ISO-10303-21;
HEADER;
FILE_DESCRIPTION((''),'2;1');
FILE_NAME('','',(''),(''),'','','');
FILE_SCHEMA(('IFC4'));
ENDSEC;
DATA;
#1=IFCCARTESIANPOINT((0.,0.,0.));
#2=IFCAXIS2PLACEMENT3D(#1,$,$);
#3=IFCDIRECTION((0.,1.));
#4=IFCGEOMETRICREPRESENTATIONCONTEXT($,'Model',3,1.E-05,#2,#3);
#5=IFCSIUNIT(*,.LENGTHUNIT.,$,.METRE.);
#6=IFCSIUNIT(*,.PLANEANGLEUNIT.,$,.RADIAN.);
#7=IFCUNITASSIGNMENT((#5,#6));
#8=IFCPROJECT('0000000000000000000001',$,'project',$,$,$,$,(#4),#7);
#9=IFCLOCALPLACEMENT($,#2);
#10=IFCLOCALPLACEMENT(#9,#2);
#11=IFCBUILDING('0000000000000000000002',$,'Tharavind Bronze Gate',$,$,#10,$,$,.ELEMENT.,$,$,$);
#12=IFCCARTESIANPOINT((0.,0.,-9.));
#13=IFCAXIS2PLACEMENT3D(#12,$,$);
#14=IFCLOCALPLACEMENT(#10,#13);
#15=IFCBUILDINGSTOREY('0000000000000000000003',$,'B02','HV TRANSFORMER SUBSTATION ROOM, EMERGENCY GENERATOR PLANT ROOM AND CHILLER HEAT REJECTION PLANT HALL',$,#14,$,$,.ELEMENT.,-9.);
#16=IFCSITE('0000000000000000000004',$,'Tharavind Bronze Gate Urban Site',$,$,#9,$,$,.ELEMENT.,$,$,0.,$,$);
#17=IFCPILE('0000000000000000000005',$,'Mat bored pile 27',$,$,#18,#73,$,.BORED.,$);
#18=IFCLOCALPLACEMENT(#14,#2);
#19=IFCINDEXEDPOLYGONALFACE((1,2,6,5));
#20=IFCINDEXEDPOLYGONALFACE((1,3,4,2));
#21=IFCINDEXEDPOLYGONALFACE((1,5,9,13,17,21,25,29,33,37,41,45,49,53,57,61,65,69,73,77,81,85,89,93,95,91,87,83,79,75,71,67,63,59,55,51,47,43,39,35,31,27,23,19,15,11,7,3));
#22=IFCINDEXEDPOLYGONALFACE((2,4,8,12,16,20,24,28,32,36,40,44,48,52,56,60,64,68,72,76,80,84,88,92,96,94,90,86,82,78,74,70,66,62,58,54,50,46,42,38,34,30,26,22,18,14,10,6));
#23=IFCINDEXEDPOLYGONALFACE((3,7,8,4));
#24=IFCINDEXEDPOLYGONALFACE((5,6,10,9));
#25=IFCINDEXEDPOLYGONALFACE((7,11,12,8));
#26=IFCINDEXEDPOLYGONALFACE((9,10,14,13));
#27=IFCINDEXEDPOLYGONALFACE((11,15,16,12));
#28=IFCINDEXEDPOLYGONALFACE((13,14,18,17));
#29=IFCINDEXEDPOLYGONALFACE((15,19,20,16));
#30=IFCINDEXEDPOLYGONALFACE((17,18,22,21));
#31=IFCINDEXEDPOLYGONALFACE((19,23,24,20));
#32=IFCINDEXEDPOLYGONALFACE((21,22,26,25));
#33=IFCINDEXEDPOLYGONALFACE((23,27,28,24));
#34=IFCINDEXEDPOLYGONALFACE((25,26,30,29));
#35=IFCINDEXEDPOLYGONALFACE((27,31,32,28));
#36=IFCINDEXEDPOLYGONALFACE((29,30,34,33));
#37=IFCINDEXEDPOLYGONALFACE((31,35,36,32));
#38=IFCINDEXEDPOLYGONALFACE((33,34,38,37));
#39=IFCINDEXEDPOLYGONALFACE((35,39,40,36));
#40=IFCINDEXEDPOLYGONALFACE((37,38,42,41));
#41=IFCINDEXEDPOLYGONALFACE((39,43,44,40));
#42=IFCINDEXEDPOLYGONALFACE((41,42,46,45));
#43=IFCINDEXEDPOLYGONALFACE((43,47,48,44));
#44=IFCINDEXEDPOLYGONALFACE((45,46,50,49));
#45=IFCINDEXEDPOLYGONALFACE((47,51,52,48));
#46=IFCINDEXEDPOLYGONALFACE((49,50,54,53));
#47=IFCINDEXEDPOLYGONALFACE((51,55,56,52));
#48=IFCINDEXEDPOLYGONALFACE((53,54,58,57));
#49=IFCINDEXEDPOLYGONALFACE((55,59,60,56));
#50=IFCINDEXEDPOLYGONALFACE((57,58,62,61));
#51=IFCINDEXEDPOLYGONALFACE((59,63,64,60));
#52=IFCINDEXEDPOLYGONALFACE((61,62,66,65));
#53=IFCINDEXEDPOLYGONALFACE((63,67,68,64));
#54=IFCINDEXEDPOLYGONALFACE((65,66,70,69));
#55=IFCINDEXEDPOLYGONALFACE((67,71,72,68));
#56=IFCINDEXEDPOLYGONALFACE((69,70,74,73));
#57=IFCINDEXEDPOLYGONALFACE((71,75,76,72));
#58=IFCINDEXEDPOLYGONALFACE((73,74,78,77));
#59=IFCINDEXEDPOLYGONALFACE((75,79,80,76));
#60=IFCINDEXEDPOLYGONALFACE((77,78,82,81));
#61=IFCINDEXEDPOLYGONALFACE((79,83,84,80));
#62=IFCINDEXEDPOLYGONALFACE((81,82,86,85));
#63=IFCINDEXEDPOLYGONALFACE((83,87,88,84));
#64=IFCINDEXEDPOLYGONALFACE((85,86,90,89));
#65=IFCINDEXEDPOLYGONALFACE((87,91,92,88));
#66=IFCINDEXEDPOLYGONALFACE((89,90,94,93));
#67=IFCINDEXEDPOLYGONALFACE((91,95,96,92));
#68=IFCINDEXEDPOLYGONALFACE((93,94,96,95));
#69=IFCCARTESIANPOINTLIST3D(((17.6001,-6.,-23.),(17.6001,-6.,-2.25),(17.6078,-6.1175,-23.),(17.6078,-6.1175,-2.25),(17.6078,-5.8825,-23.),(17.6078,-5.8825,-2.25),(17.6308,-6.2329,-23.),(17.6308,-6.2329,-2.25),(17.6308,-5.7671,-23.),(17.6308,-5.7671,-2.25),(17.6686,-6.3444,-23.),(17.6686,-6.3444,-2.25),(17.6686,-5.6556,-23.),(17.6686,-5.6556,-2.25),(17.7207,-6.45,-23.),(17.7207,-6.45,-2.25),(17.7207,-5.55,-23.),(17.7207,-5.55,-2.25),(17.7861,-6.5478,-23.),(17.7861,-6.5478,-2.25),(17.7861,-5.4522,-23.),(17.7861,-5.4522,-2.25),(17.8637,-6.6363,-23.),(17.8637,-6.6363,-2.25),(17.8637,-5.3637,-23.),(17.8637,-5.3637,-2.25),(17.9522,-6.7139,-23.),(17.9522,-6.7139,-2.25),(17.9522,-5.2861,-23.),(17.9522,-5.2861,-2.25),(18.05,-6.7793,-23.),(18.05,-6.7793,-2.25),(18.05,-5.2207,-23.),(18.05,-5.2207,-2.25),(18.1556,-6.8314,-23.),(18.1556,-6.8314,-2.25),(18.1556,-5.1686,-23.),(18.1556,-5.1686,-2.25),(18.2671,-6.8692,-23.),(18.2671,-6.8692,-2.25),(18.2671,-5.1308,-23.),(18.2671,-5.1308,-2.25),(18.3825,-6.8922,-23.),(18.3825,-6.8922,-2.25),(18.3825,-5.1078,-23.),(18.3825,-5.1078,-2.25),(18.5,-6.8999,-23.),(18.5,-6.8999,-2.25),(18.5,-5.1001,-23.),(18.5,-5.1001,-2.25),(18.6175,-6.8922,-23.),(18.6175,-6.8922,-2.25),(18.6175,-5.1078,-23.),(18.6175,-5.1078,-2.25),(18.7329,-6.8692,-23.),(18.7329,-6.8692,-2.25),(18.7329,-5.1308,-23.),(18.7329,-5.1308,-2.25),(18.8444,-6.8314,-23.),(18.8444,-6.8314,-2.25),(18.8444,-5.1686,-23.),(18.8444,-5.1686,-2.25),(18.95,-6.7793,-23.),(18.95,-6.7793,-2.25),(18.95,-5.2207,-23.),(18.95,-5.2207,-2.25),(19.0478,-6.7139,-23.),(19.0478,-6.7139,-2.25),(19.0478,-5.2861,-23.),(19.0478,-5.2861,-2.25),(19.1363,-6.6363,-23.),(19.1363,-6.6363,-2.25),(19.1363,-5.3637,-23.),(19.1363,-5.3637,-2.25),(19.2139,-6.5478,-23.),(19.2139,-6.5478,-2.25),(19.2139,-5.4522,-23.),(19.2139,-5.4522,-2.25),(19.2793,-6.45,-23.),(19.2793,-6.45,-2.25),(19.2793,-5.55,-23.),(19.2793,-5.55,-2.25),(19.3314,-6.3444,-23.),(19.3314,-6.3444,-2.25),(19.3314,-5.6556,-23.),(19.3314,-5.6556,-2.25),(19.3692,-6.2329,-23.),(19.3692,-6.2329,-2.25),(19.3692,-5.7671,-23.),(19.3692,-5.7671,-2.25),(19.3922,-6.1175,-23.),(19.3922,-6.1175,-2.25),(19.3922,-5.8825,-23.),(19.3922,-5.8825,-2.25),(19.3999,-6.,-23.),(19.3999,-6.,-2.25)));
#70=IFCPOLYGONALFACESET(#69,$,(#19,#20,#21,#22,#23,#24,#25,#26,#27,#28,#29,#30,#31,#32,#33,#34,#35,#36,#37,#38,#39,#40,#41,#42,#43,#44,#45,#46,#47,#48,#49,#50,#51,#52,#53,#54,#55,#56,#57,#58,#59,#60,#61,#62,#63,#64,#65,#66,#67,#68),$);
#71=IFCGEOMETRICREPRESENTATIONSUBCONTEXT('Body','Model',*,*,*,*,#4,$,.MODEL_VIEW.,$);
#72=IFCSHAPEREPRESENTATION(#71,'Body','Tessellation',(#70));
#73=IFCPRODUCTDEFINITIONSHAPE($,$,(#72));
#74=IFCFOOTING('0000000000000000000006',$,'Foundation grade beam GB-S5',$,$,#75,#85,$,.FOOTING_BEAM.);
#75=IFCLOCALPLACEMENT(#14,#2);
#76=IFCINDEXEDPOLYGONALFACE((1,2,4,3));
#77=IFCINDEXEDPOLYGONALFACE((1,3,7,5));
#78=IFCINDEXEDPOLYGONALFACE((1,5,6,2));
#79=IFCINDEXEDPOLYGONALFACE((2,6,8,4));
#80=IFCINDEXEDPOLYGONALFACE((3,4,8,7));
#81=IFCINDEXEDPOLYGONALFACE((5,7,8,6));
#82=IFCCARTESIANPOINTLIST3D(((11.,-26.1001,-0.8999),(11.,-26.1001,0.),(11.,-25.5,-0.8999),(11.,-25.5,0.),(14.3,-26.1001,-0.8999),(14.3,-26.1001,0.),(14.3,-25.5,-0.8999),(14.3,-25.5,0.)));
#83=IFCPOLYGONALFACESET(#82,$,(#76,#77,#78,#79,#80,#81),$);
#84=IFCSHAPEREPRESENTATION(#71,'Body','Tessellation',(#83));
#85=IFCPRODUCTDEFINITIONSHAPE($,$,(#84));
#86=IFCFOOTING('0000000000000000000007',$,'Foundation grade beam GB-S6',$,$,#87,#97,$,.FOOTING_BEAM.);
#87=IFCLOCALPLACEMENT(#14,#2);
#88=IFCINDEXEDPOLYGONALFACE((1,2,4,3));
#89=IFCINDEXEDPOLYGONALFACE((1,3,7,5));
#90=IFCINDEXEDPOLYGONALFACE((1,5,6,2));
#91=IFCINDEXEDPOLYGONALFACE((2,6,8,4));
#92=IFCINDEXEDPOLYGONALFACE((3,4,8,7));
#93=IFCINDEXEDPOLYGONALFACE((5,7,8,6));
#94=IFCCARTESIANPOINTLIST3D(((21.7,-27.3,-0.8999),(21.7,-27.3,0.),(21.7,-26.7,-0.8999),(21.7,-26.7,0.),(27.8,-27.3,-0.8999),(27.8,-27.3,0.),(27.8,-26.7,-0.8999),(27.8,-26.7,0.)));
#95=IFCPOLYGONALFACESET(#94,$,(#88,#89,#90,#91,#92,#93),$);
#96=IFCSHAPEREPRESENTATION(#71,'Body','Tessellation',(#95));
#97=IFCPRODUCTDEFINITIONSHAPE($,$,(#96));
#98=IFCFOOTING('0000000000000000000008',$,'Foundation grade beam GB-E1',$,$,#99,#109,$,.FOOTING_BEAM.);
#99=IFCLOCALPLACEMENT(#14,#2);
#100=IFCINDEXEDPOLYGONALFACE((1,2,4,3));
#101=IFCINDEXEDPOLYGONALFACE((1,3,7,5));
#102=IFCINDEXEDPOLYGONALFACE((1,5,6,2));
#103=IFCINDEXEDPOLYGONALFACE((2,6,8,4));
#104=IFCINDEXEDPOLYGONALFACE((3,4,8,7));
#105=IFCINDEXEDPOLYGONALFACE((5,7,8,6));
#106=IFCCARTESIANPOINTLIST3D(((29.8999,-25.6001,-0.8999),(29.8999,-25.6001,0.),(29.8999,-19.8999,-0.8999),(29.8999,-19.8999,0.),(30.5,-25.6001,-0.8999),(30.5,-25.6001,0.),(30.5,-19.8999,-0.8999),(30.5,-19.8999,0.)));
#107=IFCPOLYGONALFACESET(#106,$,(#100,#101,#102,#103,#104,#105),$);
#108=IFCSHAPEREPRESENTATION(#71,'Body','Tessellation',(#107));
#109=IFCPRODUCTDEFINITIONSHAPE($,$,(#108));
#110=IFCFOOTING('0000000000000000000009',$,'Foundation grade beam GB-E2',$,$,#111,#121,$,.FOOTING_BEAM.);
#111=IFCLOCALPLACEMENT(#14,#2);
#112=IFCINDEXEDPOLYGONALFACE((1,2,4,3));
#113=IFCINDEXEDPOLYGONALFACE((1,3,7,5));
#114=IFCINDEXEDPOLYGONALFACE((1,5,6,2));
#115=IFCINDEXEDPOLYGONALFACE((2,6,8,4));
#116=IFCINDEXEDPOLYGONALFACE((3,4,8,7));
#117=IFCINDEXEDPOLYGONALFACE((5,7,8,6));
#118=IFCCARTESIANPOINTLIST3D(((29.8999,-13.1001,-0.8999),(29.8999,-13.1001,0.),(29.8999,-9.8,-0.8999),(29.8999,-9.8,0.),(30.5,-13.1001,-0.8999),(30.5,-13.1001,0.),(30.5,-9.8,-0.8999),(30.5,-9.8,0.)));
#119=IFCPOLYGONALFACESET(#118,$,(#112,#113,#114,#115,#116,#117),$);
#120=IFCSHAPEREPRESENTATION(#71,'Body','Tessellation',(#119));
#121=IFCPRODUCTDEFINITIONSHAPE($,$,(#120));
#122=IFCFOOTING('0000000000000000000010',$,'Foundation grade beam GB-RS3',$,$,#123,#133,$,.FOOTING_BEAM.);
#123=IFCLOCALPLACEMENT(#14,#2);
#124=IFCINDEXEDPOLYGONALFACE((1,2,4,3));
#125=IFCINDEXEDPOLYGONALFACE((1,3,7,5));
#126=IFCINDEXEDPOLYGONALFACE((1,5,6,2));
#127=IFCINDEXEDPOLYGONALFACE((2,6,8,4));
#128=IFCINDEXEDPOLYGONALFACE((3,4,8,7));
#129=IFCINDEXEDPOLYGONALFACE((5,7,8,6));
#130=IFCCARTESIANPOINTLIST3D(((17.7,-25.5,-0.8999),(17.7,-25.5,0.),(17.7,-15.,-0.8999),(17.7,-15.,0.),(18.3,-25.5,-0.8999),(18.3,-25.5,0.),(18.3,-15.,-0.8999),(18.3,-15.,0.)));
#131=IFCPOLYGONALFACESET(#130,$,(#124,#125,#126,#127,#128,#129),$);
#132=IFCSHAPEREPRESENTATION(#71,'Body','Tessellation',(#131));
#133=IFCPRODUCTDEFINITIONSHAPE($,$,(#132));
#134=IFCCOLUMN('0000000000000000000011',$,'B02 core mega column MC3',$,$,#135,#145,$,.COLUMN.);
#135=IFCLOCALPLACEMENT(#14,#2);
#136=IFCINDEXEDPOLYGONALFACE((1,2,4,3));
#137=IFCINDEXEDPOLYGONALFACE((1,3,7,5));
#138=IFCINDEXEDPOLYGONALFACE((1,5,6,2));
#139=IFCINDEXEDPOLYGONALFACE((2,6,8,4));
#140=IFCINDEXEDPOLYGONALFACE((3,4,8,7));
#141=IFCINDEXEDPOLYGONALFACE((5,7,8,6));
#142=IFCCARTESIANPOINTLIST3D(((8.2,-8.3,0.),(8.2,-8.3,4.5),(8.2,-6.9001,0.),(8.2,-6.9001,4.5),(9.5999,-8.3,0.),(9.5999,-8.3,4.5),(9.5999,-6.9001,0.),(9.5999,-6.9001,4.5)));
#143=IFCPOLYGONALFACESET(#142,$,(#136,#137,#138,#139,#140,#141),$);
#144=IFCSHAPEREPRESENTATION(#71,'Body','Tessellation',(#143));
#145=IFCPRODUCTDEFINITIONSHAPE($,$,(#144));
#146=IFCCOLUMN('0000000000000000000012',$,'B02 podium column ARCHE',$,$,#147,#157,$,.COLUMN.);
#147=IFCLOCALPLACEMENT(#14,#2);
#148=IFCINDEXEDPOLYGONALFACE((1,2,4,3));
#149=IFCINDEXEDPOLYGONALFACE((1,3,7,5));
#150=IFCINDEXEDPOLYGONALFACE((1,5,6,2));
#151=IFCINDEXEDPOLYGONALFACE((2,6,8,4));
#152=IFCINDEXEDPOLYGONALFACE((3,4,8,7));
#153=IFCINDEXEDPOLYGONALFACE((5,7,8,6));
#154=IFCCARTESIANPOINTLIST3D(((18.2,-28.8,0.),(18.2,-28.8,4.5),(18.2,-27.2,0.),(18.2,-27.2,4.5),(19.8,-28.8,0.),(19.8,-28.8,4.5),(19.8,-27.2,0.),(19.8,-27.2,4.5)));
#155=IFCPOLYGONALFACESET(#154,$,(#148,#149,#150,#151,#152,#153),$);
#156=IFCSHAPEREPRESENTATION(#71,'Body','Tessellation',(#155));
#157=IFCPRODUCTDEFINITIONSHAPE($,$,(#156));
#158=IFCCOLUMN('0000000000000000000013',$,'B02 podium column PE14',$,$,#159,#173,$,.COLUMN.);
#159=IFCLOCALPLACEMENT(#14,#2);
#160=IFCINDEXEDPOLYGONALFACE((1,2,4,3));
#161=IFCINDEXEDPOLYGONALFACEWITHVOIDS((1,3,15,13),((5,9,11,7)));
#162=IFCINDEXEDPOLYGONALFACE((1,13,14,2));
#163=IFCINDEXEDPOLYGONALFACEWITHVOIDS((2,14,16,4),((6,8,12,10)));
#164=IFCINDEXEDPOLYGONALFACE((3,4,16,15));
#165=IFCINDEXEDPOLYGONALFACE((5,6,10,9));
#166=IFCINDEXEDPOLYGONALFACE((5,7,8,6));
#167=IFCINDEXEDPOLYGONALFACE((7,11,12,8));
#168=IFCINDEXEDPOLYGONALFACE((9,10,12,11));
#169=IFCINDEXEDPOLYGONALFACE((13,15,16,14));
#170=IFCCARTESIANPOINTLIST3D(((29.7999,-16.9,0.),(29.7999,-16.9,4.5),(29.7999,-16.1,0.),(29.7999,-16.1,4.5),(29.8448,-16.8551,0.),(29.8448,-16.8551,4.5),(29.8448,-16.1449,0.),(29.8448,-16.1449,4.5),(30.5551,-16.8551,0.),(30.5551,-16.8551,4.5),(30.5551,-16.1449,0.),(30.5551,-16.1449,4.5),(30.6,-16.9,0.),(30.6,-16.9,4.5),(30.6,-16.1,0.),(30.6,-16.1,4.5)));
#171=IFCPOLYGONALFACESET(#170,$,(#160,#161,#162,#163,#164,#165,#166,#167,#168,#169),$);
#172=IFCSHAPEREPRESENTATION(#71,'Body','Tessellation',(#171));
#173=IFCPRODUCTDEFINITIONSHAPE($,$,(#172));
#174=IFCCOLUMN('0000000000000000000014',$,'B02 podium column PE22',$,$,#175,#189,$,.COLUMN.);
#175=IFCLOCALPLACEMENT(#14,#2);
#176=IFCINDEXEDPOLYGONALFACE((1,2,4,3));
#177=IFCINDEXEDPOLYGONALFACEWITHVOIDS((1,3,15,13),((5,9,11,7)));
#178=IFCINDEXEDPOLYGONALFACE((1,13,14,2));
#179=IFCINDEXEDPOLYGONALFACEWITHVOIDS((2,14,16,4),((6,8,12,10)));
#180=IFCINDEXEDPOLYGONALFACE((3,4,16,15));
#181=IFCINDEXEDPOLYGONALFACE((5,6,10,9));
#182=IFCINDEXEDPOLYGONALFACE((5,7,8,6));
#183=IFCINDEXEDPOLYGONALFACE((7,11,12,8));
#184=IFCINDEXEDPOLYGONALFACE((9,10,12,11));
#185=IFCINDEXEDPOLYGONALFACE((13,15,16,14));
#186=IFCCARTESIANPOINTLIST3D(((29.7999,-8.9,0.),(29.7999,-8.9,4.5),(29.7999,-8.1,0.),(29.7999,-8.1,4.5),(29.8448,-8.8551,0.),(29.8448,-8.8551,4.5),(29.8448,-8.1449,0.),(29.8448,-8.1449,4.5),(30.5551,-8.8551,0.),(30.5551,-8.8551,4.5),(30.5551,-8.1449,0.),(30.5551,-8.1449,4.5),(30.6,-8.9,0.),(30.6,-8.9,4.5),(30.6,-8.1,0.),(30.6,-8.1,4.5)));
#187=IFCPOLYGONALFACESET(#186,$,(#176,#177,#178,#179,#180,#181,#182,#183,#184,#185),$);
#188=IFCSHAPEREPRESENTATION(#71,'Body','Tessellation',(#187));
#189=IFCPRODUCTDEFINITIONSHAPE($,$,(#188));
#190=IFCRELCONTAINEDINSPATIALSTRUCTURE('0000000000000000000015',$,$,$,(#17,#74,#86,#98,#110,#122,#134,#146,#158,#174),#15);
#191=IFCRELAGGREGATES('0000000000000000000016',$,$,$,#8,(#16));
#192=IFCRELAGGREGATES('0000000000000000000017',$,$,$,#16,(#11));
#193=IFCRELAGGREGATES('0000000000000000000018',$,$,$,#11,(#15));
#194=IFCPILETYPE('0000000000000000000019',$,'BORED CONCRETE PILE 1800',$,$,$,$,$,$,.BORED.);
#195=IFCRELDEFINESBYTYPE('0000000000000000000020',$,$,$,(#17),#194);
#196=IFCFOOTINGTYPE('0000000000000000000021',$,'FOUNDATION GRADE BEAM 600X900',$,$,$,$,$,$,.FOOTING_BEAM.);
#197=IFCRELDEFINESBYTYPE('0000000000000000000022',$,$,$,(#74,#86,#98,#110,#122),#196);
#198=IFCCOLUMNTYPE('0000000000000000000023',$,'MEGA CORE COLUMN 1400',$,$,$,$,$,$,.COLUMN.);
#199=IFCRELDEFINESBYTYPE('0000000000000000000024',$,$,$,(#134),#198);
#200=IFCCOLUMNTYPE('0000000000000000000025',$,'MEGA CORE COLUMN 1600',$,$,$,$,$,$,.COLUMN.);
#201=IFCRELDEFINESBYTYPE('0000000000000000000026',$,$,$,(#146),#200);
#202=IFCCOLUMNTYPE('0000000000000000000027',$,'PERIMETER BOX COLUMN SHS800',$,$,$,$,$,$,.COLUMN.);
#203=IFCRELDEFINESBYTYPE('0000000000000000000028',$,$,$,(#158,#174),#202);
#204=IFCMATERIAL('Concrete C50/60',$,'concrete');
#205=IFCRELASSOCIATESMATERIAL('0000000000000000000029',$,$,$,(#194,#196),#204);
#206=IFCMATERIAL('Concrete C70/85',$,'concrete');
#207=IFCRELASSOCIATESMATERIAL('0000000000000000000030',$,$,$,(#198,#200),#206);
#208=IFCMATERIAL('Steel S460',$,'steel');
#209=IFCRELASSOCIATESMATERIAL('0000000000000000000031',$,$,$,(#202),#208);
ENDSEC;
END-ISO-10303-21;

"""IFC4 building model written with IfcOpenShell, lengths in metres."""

from ifc_helpers import new_model, si_unit, direction, frame, origin, origin_2d, place, context, subcontext, project, spatial, rectangle, hollow_rectangle, circle, extrude, material, material_profile, profile_set, type_object, element, save


model = new_model("IFC4")

# Units and contexts
model_context = context("Model", 3, precision=1e-05, world=origin(), true_north=direction((0.0, 1.0)))
body_context = subcontext(model_context, "Body", "Model", "MODEL_VIEW")
ifc_project = project(units=[si_unit("LENGTHUNIT", "METRE"), si_unit("PLANEANGLEUNIT", "RADIAN")], contexts=[model_context])

# Site, building, storey
site_placement = place(None, origin())
site = spatial("IfcSite", under=ifc_project, at=site_placement, Name="Tharavind Bronze Gate Urban Site", CompositionType="ELEMENT", RefElevation=0.0)
building_placement = place(site_placement, origin())
building = spatial("IfcBuilding", under=site, at=building_placement, Name="Tharavind Bronze Gate", CompositionType="ELEMENT")
storey_placement = place(building_placement, frame((0.0, 0.0, -9.0)))
storey = spatial("IfcBuildingStorey", under=building, at=storey_placement, Name="B02", Description="HV TRANSFORMER SUBSTATION ROOM, EMERGENCY GENERATOR PLANT ROOM AND CHILLER HEAT REJECTION PLANT HALL", CompositionType="ELEMENT", Elevation=-9.0)

# Pile
ifc_material_1 = material(Name="Concrete C50/60", Category="concrete")
ifc_material_profile_1 = material_profile(ifc_material_1, circle(Radius=0.8999, at=origin_2d()), Name="PILE1800")
ifc_profile_set_1 = profile_set([ifc_material_profile_1], Name="Concrete C50/60")
pile_type_1 = type_object("IfcPileType", Name="BORED CONCRETE PILE 1800", PredefinedType="BORED", material=ifc_profile_set_1)
for number, where, z_axis, x_axis, name in (
    (1, (18.5, -6.0, -2.25), (0.0, 0.0, -1.0), (1.0, 0.0, 0.0), "Mat bored pile 27"),
):
    element("IfcPile", number, at=place(storey_placement, frame(where, z_axis=z_axis, x_axis=x_axis)), inside=storey, type_object=pile_type_1, Name=name, PredefinedType="BORED", context=body_context, shape_type="SweptSolid", body=[
        extrude(circle(Radius=0.8999, at=origin_2d()), origin(), (0.0, 0.0, 1.0), 20.75),
    ])

# Footings
ifc_material_profile_2 = material_profile(ifc_material_1, rectangle(XDim=0.6001, YDim=0.8999, at=origin_2d()), Name="RCBM600X900")
ifc_profile_set_2 = profile_set([ifc_material_profile_2], Name="Concrete C50/60")
footing_type = type_object("IfcFootingType", Name="FOUNDATION GRADE BEAM 600X900", PredefinedType="FOOTING_BEAM", material=ifc_profile_set_2)
footing_1_placement = place(storey_placement, frame((11.0, -25.8, -0.45), z_axis=(1.0, 0.0, 0.0), x_axis=(0.0, 1.0, 0.0)))
element("IfcFooting", 2, at=footing_1_placement, inside=storey, type_object=footing_type, Name="Foundation grade beam GB-S5", PredefinedType="FOOTING_BEAM", context=body_context, shape_type="SweptSolid", body=[
    extrude(rectangle(XDim=0.6001, YDim=0.8999, at=origin_2d()), origin(), (0.0, 0.0, 1.0), 3.3),
])
footing_2_placement = place(storey_placement, frame((21.7, -27.0, -0.45), z_axis=(1.0, 0.0, 0.0), x_axis=(0.0, 1.0, 0.0)))
element("IfcFooting", 3, at=footing_2_placement, inside=storey, type_object=footing_type, Name="Foundation grade beam GB-S6", PredefinedType="FOOTING_BEAM", context=body_context, shape_type="SweptSolid", body=[
    extrude(rectangle(XDim=0.6001, YDim=0.8999, at=origin_2d()), origin(), (0.0, 0.0, 1.0), 6.1001),
])
footing_3_placement = place(storey_placement, frame((30.2, -25.6001, -0.45), z_axis=(0.0, 1.0, 0.0), x_axis=(-1.0, 0.0, 0.0)))
element("IfcFooting", 4, at=footing_3_placement, inside=storey, type_object=footing_type, Name="Foundation grade beam GB-E1", PredefinedType="FOOTING_BEAM", context=body_context, shape_type="SweptSolid", body=[
    extrude(rectangle(XDim=0.6001, YDim=0.8999, at=origin_2d()), origin(), (0.0, 0.0, 1.0), 5.7002),
])
footing_4_placement = place(storey_placement, frame((30.2, -13.1001, -0.45), z_axis=(0.0, 1.0, 0.0), x_axis=(-1.0, 0.0, 0.0)))
element("IfcFooting", 5, at=footing_4_placement, inside=storey, type_object=footing_type, Name="Foundation grade beam GB-E2", PredefinedType="FOOTING_BEAM", context=body_context, shape_type="SweptSolid", body=[
    extrude(rectangle(XDim=0.6001, YDim=0.8999, at=origin_2d()), origin(), (0.0, 0.0, 1.0), 3.3),
])
footing_5_placement = place(storey_placement, frame((18.0, -25.5, -0.45), z_axis=(0.0, 1.0, 0.0), x_axis=(-1.0, 0.0, 0.0)))
element("IfcFooting", 6, at=footing_5_placement, inside=storey, type_object=footing_type, Name="Foundation grade beam GB-RS3", PredefinedType="FOOTING_BEAM", context=body_context, shape_type="SweptSolid", body=[
    extrude(rectangle(XDim=0.6001, YDim=0.8999, at=origin_2d()), origin(), (0.0, 0.0, 1.0), 10.5),
])

# Columns
ifc_material_2 = material(Name="Concrete C70/85", Category="concrete")
ifc_material_profile_3 = material_profile(ifc_material_2, rectangle(XDim=1.3999, YDim=1.3999, at=origin_2d()), Name="RCCOL1400")
ifc_profile_set_3 = profile_set([ifc_material_profile_3], Name="Concrete C70/85")
column_type_1 = type_object("IfcColumnType", Name="MEGA CORE COLUMN 1400", PredefinedType="COLUMN", material=ifc_profile_set_3)
column_1_placement = place(storey_placement, frame((8.8999, -7.6001, 0.0), z_axis=(0.0, 0.0, 1.0), x_axis=(1.0, 0.0, 0.0)))
element("IfcColumn", 7, at=column_1_placement, inside=storey, type_object=column_type_1, Name="B02 core mega column MC3", PredefinedType="COLUMN", context=body_context, shape_type="SweptSolid", body=[
    extrude(rectangle(XDim=1.3999, YDim=1.3999, at=origin_2d()), origin(), (0.0, 0.0, 1.0), 4.5),
])
ifc_material_profile_4 = material_profile(ifc_material_2, rectangle(XDim=1.6001, YDim=1.6001, at=origin_2d()), Name="RCCOL1600")
ifc_profile_set_4 = profile_set([ifc_material_profile_4], Name="Concrete C70/85")
column_type_2 = type_object("IfcColumnType", Name="MEGA CORE COLUMN 1600", PredefinedType="COLUMN", material=ifc_profile_set_4)
column_2_placement = place(storey_placement, frame((19.0, -28.0, 0.0), z_axis=(0.0, 0.0, 1.0), x_axis=(1.0, 0.0, 0.0)))
element("IfcColumn", 8, at=column_2_placement, inside=storey, type_object=column_type_2, Name="B02 podium column ARCHE", PredefinedType="COLUMN", context=body_context, shape_type="SweptSolid", body=[
    extrude(rectangle(XDim=1.6001, YDim=1.6001, at=origin_2d()), origin(), (0.0, 0.0, 1.0), 4.5),
])
ifc_material_3 = material(Name="Steel S460", Category="steel")
ifc_material_profile_5 = material_profile(ifc_material_3, hollow_rectangle(XDim=0.8, YDim=0.8, WallThickness=0.0449, at=origin_2d()), Name="SHS800X45")
ifc_profile_set_5 = profile_set([ifc_material_profile_5], Name="Steel S460")
column_type_3 = type_object("IfcColumnType", Name="PERIMETER BOX COLUMN SHS800", PredefinedType="COLUMN", material=ifc_profile_set_5)
for number, where, z_axis, x_axis, name in (
    (9, (30.2, -16.5, 0.0), (0.0, 0.0, 1.0), (1.0, 0.0, 0.0), "B02 podium column PE14"),
    (10, (30.2, -8.5, 0.0), (0.0, 0.0, 1.0), (1.0, 0.0, 0.0), "B02 podium column PE22"),
):
    element("IfcColumn", number, at=place(storey_placement, frame(where, z_axis=z_axis, x_axis=x_axis)), inside=storey, type_object=column_type_3, Name=name, PredefinedType="COLUMN", context=body_context, shape_type="SweptSolid", body=[
        extrude(hollow_rectangle(XDim=0.8, YDim=0.8, WallThickness=0.0449, at=origin_2d()), origin(), (0.0, 0.0, 1.0), 4.5),
    ])

save(model, "model.ifc")
